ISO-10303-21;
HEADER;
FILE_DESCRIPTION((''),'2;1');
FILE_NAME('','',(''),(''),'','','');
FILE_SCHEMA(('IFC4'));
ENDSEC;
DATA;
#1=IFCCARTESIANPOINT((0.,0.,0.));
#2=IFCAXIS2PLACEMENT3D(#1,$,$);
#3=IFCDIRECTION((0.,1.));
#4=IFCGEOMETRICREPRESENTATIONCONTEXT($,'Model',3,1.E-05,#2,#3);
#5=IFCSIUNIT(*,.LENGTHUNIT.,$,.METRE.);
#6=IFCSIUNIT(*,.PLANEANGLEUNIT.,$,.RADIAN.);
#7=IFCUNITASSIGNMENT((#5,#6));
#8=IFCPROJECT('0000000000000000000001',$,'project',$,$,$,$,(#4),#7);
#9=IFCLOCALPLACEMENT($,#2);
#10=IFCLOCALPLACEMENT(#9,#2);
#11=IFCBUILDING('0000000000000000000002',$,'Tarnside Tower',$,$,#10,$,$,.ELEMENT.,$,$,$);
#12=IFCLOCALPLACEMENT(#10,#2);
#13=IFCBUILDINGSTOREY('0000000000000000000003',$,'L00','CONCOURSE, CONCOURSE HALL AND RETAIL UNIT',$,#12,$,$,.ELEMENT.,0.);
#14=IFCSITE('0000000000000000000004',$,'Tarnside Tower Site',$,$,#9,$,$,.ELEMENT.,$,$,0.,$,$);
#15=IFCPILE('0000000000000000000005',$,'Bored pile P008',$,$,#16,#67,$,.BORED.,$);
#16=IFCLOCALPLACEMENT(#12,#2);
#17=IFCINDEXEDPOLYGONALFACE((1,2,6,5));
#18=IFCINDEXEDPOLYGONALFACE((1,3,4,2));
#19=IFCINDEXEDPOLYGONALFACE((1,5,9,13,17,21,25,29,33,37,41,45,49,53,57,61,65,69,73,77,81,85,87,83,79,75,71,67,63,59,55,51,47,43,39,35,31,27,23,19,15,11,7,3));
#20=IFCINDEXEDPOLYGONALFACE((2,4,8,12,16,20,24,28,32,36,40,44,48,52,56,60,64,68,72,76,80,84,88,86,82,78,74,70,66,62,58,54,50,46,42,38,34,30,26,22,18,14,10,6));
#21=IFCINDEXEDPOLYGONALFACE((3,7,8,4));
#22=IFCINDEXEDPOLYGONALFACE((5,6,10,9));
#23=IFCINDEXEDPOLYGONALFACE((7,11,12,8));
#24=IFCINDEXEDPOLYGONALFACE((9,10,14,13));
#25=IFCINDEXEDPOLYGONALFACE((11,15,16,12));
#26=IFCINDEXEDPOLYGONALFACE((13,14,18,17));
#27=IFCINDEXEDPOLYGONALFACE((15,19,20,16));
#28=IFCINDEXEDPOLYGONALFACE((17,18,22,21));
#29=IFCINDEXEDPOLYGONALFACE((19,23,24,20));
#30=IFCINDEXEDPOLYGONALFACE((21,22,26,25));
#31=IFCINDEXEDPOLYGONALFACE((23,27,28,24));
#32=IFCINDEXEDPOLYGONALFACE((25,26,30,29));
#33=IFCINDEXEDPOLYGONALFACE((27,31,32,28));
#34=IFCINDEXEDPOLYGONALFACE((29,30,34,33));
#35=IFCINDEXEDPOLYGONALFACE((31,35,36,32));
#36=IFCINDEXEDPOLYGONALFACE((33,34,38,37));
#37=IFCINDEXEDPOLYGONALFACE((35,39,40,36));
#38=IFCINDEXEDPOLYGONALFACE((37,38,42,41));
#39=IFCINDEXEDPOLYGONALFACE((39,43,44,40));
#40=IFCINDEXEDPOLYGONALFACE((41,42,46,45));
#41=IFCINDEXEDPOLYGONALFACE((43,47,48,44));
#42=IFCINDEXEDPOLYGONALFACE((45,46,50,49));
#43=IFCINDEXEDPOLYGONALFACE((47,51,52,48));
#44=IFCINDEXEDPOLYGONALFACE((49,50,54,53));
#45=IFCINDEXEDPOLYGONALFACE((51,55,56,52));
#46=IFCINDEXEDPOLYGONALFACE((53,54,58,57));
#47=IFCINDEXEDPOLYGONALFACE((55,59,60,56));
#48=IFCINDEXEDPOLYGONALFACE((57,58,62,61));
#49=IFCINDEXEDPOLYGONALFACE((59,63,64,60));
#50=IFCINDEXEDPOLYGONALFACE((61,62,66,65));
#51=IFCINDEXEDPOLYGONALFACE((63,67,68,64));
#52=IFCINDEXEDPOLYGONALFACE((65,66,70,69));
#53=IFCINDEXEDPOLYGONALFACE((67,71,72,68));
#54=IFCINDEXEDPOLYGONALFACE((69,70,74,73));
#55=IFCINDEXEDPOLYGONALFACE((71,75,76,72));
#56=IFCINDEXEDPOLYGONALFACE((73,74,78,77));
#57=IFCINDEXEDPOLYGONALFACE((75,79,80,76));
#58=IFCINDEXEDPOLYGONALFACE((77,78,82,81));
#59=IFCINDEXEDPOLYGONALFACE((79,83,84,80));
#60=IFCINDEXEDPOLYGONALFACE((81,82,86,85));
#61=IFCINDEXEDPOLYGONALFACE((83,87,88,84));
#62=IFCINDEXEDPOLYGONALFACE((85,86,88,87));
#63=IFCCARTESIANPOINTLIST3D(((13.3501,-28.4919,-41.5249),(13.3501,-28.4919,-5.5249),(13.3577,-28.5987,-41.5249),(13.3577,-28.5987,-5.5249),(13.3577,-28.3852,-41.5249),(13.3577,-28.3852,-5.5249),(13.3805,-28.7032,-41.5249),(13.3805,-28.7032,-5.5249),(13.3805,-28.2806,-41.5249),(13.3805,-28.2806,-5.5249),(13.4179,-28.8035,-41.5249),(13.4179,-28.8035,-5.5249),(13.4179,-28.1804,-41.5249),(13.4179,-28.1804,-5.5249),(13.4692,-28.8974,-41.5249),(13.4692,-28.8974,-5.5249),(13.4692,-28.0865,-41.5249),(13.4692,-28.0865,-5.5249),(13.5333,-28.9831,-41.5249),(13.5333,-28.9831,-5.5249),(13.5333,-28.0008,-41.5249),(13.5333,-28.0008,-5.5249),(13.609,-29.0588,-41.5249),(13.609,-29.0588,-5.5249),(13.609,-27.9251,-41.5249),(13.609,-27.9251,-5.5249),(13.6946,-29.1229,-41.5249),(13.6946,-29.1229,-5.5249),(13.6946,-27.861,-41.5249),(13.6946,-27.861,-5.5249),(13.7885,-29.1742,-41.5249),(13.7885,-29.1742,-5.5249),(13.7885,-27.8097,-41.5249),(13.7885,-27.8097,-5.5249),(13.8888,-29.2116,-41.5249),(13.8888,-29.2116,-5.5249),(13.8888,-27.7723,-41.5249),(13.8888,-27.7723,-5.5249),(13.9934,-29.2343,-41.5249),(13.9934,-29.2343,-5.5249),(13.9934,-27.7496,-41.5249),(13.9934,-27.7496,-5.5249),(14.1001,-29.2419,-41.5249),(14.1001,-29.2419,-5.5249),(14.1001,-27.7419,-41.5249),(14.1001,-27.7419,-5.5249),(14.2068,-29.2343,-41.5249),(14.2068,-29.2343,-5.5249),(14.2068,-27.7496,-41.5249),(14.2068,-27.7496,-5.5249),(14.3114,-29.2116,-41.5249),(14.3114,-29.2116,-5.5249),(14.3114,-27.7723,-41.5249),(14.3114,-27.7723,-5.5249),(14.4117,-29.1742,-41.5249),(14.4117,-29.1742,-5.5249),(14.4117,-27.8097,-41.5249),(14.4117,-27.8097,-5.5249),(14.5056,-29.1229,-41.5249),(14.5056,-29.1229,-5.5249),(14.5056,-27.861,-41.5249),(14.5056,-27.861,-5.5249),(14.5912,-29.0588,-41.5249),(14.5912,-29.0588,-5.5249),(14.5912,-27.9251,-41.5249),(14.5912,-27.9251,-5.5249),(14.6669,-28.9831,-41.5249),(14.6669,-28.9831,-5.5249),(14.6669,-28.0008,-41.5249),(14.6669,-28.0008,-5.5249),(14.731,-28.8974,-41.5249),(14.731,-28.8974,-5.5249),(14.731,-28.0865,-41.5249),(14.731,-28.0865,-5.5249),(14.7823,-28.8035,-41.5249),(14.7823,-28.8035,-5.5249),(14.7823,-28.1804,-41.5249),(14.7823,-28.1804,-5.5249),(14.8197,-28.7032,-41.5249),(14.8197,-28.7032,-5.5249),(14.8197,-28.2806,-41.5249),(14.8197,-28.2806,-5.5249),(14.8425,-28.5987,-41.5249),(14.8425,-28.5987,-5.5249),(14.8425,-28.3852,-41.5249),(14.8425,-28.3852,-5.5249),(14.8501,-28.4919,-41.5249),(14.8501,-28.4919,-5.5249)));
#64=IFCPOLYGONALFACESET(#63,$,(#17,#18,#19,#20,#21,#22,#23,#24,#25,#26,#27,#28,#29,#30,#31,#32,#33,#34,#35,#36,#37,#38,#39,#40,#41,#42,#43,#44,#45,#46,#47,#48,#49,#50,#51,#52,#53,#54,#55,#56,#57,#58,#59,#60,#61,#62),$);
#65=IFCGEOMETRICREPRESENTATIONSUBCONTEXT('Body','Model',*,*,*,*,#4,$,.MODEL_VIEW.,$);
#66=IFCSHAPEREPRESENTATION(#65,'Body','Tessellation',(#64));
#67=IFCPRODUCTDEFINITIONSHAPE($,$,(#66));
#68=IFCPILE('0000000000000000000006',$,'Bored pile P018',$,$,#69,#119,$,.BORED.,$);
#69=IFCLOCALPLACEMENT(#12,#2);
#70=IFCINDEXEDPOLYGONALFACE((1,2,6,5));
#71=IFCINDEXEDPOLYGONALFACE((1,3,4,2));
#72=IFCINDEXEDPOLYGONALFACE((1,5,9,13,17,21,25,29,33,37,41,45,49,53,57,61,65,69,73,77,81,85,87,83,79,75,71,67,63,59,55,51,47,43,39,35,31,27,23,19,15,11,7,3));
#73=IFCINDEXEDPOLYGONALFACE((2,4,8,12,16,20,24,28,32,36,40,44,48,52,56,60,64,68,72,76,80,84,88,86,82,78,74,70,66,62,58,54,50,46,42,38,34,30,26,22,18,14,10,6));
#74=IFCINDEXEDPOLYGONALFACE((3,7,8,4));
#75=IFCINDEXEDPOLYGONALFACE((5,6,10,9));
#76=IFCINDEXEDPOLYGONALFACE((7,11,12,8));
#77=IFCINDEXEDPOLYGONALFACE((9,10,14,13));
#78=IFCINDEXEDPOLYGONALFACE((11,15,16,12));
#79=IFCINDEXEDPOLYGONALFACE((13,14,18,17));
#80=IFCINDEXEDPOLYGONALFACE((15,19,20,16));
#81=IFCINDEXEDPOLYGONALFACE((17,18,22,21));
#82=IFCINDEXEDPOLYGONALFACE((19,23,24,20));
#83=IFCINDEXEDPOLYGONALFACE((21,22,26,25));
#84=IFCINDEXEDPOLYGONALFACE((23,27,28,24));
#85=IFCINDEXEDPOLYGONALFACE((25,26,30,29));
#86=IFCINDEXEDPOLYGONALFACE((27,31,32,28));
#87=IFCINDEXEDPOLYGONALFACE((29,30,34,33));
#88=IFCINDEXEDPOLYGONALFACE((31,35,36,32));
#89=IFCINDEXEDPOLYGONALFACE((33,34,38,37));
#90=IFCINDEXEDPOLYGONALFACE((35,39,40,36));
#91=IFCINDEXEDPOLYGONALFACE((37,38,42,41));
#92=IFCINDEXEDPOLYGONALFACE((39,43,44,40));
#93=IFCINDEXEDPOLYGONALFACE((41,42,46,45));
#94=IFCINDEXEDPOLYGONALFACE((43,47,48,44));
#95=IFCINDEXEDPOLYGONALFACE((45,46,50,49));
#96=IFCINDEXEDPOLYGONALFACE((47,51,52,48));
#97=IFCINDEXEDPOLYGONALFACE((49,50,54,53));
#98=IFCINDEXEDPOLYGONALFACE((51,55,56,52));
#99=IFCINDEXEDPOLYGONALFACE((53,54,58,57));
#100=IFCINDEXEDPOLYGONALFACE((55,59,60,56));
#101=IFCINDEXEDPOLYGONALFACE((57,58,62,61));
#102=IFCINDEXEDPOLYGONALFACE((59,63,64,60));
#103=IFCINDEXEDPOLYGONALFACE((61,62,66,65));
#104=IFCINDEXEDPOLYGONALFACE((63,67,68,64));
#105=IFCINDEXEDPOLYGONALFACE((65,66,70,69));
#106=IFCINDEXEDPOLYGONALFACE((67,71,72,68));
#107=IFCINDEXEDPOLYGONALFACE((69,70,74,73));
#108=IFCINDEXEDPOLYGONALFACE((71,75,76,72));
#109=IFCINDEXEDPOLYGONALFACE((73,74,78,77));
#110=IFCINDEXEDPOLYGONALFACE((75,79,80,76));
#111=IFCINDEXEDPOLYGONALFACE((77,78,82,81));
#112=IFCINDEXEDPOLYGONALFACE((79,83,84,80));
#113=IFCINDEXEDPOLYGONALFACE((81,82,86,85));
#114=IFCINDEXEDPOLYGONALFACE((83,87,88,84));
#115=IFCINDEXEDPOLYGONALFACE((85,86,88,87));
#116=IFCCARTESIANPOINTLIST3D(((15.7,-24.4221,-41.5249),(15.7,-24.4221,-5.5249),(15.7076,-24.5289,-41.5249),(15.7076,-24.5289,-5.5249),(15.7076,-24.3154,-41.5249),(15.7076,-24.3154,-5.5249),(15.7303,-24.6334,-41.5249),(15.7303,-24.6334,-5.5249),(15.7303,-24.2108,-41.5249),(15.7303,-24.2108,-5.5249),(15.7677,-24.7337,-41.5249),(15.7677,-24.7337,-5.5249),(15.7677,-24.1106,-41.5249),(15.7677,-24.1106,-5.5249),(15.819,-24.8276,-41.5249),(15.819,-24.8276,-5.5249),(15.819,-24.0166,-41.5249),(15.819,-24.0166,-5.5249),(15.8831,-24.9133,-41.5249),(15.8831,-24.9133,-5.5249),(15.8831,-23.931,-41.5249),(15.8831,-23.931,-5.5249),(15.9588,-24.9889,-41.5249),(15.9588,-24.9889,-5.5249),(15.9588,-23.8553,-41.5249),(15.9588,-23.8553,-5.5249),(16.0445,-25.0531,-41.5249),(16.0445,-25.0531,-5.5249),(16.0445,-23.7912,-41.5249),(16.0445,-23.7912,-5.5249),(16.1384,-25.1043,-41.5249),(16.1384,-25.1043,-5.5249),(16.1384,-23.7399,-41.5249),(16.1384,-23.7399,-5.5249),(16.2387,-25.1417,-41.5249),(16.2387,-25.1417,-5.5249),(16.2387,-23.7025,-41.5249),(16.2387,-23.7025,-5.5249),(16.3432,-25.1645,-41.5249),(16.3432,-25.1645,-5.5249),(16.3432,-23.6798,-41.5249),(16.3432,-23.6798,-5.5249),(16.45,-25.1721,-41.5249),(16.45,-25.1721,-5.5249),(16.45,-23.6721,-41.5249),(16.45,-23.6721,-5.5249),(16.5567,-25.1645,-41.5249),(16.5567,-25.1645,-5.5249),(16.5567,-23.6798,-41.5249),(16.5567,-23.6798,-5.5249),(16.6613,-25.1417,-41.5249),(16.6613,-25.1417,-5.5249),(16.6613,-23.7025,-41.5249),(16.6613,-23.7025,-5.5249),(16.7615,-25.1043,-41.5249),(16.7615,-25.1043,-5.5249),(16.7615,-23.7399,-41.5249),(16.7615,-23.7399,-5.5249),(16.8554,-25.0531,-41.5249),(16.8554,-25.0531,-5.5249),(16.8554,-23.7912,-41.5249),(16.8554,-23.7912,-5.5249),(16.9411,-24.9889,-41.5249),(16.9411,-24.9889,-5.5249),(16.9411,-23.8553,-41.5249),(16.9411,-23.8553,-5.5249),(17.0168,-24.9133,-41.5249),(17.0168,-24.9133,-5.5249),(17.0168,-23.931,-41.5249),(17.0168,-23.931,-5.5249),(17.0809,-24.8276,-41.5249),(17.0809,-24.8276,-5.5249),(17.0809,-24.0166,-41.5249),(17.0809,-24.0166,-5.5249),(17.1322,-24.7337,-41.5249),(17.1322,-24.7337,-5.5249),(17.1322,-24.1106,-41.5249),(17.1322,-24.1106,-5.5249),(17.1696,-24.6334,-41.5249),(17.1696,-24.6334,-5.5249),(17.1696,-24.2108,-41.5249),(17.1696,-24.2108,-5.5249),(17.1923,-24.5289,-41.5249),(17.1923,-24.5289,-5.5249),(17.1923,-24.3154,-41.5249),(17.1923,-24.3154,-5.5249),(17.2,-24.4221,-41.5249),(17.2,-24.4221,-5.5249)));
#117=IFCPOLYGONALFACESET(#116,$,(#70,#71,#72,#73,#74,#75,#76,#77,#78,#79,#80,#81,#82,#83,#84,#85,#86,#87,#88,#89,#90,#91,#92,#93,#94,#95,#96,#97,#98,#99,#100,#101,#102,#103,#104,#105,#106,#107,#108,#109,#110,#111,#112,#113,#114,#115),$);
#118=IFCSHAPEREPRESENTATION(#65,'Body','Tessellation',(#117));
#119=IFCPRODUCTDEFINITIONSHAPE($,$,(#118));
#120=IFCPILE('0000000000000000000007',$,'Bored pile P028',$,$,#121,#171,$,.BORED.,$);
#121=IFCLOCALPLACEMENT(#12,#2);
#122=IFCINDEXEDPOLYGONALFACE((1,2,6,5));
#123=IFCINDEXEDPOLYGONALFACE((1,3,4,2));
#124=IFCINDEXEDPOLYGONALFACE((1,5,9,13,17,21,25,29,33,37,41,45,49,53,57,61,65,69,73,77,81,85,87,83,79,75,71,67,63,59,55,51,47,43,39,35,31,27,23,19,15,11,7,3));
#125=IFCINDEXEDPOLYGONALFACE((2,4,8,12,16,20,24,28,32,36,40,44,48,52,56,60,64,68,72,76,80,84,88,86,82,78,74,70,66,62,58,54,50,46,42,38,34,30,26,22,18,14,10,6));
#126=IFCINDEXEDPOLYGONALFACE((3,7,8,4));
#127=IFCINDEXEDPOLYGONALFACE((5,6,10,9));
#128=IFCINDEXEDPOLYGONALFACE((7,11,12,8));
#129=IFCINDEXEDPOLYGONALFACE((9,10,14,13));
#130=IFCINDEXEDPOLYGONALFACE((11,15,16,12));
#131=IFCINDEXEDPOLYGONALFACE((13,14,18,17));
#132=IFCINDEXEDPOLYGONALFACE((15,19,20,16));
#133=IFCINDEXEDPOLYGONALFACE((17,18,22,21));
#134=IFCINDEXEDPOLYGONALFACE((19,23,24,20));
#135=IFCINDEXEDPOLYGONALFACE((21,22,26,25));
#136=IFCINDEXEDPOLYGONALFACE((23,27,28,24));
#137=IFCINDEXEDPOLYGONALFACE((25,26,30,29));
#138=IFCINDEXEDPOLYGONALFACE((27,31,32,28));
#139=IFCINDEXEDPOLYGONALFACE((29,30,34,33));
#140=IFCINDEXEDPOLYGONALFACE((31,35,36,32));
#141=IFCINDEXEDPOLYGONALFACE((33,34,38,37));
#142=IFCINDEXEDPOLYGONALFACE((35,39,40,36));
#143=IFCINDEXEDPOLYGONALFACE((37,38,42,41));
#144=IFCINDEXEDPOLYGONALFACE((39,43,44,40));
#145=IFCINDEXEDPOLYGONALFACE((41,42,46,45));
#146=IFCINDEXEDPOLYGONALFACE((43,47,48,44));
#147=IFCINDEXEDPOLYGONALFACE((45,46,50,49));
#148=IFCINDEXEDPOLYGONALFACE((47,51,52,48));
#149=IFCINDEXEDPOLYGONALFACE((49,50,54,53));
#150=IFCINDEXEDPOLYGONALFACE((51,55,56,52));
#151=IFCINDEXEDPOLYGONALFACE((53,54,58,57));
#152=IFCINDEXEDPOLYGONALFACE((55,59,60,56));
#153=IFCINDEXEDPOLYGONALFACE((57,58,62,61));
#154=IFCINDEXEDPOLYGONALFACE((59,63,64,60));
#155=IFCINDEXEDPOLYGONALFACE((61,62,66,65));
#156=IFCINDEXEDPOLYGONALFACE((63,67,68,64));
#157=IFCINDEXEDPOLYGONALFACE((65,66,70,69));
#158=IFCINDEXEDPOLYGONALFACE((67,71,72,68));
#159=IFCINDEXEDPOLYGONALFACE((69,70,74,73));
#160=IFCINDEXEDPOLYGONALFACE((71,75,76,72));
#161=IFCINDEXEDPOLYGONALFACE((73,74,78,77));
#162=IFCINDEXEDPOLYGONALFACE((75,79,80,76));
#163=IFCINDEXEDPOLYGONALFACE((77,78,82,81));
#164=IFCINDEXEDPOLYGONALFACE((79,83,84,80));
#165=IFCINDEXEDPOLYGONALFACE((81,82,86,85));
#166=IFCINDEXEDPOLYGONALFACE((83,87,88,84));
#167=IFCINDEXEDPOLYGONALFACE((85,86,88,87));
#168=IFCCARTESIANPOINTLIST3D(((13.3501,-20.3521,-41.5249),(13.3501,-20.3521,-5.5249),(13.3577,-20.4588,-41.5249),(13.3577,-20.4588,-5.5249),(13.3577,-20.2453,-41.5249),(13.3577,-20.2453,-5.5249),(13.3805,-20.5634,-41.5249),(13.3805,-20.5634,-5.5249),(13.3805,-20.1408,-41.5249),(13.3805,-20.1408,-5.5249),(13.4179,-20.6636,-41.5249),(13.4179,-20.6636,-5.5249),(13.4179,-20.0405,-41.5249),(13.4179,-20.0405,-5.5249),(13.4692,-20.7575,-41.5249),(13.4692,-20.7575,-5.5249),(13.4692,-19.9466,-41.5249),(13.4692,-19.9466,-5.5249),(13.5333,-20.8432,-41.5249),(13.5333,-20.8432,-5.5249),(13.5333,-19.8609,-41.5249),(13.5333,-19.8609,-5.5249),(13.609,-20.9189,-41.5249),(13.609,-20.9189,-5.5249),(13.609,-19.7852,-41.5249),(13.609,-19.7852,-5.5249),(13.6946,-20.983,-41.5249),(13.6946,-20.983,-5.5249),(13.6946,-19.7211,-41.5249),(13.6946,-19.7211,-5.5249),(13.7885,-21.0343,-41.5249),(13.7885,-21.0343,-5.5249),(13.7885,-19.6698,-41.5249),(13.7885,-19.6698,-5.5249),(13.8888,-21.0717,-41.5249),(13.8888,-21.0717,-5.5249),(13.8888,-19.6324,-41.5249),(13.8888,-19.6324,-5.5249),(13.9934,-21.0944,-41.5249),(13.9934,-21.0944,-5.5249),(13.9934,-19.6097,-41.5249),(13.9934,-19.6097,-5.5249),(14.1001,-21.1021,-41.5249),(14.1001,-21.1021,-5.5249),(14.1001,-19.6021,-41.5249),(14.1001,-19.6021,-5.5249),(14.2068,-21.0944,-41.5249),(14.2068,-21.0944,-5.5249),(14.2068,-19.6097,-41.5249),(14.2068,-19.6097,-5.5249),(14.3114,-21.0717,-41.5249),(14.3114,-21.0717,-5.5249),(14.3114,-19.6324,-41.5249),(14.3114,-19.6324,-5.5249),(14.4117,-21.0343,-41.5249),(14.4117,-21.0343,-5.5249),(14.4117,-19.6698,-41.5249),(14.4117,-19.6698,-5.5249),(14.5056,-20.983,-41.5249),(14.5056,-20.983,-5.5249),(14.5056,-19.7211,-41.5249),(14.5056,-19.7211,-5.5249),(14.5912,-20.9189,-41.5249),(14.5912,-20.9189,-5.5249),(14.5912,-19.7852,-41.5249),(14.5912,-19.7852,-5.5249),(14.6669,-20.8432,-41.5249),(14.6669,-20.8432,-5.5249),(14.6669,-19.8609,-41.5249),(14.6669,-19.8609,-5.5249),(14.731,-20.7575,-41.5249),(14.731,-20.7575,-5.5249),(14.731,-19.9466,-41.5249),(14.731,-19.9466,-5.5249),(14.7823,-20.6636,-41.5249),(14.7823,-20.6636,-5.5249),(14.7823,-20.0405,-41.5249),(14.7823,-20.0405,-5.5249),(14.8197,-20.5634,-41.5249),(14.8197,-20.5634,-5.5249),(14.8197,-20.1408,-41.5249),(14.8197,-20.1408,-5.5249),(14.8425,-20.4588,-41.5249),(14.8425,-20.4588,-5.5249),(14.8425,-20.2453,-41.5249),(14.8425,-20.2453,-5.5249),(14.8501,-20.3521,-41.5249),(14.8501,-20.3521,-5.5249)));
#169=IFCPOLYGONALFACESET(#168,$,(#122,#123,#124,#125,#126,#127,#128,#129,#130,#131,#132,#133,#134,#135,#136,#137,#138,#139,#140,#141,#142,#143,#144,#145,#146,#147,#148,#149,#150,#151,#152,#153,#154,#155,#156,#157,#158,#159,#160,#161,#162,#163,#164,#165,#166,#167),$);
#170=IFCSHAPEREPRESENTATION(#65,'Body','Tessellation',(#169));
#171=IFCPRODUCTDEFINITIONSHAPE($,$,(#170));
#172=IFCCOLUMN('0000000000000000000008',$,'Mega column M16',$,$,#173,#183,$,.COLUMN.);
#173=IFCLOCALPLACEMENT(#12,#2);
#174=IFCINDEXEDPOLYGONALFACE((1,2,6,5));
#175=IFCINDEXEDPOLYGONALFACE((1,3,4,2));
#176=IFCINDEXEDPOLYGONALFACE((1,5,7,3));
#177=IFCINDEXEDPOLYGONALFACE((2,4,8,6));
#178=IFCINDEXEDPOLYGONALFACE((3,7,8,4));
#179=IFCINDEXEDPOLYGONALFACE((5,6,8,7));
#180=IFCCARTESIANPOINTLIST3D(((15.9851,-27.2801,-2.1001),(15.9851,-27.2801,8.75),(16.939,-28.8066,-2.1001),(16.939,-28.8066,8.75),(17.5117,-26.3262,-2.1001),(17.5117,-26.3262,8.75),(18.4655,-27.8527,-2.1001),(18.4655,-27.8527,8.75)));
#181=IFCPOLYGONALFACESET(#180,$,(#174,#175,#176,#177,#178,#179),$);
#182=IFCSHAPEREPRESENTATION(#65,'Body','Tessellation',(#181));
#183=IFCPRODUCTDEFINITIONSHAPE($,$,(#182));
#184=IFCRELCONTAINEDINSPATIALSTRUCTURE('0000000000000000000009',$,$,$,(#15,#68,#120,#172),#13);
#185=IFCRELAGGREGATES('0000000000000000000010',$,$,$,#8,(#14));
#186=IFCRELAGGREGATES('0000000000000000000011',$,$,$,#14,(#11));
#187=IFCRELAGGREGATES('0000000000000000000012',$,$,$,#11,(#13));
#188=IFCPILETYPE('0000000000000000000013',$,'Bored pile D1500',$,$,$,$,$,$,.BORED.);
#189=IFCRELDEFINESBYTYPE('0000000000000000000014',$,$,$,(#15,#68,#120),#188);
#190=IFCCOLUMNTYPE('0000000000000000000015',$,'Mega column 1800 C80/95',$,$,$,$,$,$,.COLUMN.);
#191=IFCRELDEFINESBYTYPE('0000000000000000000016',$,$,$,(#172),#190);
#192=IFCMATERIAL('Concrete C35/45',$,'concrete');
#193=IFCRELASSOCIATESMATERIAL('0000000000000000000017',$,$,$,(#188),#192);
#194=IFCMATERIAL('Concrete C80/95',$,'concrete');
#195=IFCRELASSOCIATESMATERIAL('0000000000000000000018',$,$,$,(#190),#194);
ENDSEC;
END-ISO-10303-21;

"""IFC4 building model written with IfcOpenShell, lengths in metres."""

from ifc_helpers import new_model, si_unit, direction, frame, origin, origin_2d, place, context, subcontext, project, spatial, rectangle, circle, extrude, material, material_profile, profile_set, type_object, element, save


model = new_model("IFC4")

# Units and contexts
model_context = context("Model", 3, precision=1e-05, world=origin(), true_north=direction((0.0, 1.0)))
body_context = subcontext(model_context, "Body", "Model", "MODEL_VIEW")
ifc_project = project(units=[si_unit("LENGTHUNIT", "METRE"), si_unit("PLANEANGLEUNIT", "RADIAN")], contexts=[model_context])

# Site, building, storey
site_placement = place(None, origin())
site = spatial("IfcSite", under=ifc_project, at=site_placement, Name="Tarnside Tower Site", CompositionType="ELEMENT", RefElevation=0.0)
building_placement = place(site_placement, origin())
building = spatial("IfcBuilding", under=site, at=building_placement, Name="Tarnside Tower", CompositionType="ELEMENT")
storey_placement = place(building_placement, origin())
storey = spatial("IfcBuildingStorey", under=building, at=storey_placement, Name="L00", Description="CONCOURSE, CONCOURSE HALL AND RETAIL UNIT", CompositionType="ELEMENT", Elevation=0.0)

# Piles
ifc_material_1 = material(Name="Concrete C35/45", Category="concrete")
ifc_material_profile_1 = material_profile(ifc_material_1, circle(Radius=0.75, at=origin_2d()), Name="Bored pile D1500")
ifc_profile_set_1 = profile_set([ifc_material_profile_1], Name="Concrete C35/45")
pile_type = type_object("IfcPileType", Name="Bored pile D1500", PredefinedType="BORED", material=ifc_profile_set_1)
for number, where, z_axis, x_axis, name in (
    (1, (14.1001, -28.4919, -5.5249), (0.0, 0.0, -1.0), (1.0, 0.0, 0.0), "Bored pile P008"),
    (2, (16.45, -24.4221, -5.5249), (0.0, 0.0, -1.0), (1.0, 0.0, 0.0), "Bored pile P018"),
    (3, (14.1001, -20.3521, -5.5249), (0.0, 0.0, -1.0), (1.0, 0.0, 0.0), "Bored pile P028"),
):
    element("IfcPile", number, at=place(storey_placement, frame(where, z_axis=z_axis, x_axis=x_axis)), inside=storey, type_object=pile_type, Name=name, PredefinedType="BORED", context=body_context, shape_type="SweptSolid", body=[
        extrude(circle(Radius=0.75, at=origin_2d()), origin(), (0.0, 0.0, 1.0), 36.0),
    ])

# Column
ifc_material_2 = material(Name="Concrete C80/95", Category="concrete")
ifc_material_profile_2 = material_profile(ifc_material_2, rectangle(XDim=1.8, YDim=1.8, at=origin_2d()), Name="Mega column 1800x1800")
ifc_profile_set_2 = profile_set([ifc_material_profile_2], Name="Concrete C80/95")
column_type_1 = type_object("IfcColumnType", Name="Mega column 1800 C80/95", PredefinedType="COLUMN", material=ifc_profile_set_2)
column_placement = place(storey_placement, frame((17.2253, -27.5664, -2.1001), z_axis=(0.0, 0.0, 1.0), x_axis=(-0.848048, -0.529919, 0.0)))
element("IfcColumn", 4, at=column_placement, inside=storey, type_object=column_type_1, Name="Mega column M16", PredefinedType="COLUMN", context=body_context, shape_type="SweptSolid", body=[
    extrude(rectangle(XDim=1.8, YDim=1.8, at=origin_2d()), origin(), (0.0, 0.0, 1.0), 10.8501),
])

save(model, "model.ifc")
